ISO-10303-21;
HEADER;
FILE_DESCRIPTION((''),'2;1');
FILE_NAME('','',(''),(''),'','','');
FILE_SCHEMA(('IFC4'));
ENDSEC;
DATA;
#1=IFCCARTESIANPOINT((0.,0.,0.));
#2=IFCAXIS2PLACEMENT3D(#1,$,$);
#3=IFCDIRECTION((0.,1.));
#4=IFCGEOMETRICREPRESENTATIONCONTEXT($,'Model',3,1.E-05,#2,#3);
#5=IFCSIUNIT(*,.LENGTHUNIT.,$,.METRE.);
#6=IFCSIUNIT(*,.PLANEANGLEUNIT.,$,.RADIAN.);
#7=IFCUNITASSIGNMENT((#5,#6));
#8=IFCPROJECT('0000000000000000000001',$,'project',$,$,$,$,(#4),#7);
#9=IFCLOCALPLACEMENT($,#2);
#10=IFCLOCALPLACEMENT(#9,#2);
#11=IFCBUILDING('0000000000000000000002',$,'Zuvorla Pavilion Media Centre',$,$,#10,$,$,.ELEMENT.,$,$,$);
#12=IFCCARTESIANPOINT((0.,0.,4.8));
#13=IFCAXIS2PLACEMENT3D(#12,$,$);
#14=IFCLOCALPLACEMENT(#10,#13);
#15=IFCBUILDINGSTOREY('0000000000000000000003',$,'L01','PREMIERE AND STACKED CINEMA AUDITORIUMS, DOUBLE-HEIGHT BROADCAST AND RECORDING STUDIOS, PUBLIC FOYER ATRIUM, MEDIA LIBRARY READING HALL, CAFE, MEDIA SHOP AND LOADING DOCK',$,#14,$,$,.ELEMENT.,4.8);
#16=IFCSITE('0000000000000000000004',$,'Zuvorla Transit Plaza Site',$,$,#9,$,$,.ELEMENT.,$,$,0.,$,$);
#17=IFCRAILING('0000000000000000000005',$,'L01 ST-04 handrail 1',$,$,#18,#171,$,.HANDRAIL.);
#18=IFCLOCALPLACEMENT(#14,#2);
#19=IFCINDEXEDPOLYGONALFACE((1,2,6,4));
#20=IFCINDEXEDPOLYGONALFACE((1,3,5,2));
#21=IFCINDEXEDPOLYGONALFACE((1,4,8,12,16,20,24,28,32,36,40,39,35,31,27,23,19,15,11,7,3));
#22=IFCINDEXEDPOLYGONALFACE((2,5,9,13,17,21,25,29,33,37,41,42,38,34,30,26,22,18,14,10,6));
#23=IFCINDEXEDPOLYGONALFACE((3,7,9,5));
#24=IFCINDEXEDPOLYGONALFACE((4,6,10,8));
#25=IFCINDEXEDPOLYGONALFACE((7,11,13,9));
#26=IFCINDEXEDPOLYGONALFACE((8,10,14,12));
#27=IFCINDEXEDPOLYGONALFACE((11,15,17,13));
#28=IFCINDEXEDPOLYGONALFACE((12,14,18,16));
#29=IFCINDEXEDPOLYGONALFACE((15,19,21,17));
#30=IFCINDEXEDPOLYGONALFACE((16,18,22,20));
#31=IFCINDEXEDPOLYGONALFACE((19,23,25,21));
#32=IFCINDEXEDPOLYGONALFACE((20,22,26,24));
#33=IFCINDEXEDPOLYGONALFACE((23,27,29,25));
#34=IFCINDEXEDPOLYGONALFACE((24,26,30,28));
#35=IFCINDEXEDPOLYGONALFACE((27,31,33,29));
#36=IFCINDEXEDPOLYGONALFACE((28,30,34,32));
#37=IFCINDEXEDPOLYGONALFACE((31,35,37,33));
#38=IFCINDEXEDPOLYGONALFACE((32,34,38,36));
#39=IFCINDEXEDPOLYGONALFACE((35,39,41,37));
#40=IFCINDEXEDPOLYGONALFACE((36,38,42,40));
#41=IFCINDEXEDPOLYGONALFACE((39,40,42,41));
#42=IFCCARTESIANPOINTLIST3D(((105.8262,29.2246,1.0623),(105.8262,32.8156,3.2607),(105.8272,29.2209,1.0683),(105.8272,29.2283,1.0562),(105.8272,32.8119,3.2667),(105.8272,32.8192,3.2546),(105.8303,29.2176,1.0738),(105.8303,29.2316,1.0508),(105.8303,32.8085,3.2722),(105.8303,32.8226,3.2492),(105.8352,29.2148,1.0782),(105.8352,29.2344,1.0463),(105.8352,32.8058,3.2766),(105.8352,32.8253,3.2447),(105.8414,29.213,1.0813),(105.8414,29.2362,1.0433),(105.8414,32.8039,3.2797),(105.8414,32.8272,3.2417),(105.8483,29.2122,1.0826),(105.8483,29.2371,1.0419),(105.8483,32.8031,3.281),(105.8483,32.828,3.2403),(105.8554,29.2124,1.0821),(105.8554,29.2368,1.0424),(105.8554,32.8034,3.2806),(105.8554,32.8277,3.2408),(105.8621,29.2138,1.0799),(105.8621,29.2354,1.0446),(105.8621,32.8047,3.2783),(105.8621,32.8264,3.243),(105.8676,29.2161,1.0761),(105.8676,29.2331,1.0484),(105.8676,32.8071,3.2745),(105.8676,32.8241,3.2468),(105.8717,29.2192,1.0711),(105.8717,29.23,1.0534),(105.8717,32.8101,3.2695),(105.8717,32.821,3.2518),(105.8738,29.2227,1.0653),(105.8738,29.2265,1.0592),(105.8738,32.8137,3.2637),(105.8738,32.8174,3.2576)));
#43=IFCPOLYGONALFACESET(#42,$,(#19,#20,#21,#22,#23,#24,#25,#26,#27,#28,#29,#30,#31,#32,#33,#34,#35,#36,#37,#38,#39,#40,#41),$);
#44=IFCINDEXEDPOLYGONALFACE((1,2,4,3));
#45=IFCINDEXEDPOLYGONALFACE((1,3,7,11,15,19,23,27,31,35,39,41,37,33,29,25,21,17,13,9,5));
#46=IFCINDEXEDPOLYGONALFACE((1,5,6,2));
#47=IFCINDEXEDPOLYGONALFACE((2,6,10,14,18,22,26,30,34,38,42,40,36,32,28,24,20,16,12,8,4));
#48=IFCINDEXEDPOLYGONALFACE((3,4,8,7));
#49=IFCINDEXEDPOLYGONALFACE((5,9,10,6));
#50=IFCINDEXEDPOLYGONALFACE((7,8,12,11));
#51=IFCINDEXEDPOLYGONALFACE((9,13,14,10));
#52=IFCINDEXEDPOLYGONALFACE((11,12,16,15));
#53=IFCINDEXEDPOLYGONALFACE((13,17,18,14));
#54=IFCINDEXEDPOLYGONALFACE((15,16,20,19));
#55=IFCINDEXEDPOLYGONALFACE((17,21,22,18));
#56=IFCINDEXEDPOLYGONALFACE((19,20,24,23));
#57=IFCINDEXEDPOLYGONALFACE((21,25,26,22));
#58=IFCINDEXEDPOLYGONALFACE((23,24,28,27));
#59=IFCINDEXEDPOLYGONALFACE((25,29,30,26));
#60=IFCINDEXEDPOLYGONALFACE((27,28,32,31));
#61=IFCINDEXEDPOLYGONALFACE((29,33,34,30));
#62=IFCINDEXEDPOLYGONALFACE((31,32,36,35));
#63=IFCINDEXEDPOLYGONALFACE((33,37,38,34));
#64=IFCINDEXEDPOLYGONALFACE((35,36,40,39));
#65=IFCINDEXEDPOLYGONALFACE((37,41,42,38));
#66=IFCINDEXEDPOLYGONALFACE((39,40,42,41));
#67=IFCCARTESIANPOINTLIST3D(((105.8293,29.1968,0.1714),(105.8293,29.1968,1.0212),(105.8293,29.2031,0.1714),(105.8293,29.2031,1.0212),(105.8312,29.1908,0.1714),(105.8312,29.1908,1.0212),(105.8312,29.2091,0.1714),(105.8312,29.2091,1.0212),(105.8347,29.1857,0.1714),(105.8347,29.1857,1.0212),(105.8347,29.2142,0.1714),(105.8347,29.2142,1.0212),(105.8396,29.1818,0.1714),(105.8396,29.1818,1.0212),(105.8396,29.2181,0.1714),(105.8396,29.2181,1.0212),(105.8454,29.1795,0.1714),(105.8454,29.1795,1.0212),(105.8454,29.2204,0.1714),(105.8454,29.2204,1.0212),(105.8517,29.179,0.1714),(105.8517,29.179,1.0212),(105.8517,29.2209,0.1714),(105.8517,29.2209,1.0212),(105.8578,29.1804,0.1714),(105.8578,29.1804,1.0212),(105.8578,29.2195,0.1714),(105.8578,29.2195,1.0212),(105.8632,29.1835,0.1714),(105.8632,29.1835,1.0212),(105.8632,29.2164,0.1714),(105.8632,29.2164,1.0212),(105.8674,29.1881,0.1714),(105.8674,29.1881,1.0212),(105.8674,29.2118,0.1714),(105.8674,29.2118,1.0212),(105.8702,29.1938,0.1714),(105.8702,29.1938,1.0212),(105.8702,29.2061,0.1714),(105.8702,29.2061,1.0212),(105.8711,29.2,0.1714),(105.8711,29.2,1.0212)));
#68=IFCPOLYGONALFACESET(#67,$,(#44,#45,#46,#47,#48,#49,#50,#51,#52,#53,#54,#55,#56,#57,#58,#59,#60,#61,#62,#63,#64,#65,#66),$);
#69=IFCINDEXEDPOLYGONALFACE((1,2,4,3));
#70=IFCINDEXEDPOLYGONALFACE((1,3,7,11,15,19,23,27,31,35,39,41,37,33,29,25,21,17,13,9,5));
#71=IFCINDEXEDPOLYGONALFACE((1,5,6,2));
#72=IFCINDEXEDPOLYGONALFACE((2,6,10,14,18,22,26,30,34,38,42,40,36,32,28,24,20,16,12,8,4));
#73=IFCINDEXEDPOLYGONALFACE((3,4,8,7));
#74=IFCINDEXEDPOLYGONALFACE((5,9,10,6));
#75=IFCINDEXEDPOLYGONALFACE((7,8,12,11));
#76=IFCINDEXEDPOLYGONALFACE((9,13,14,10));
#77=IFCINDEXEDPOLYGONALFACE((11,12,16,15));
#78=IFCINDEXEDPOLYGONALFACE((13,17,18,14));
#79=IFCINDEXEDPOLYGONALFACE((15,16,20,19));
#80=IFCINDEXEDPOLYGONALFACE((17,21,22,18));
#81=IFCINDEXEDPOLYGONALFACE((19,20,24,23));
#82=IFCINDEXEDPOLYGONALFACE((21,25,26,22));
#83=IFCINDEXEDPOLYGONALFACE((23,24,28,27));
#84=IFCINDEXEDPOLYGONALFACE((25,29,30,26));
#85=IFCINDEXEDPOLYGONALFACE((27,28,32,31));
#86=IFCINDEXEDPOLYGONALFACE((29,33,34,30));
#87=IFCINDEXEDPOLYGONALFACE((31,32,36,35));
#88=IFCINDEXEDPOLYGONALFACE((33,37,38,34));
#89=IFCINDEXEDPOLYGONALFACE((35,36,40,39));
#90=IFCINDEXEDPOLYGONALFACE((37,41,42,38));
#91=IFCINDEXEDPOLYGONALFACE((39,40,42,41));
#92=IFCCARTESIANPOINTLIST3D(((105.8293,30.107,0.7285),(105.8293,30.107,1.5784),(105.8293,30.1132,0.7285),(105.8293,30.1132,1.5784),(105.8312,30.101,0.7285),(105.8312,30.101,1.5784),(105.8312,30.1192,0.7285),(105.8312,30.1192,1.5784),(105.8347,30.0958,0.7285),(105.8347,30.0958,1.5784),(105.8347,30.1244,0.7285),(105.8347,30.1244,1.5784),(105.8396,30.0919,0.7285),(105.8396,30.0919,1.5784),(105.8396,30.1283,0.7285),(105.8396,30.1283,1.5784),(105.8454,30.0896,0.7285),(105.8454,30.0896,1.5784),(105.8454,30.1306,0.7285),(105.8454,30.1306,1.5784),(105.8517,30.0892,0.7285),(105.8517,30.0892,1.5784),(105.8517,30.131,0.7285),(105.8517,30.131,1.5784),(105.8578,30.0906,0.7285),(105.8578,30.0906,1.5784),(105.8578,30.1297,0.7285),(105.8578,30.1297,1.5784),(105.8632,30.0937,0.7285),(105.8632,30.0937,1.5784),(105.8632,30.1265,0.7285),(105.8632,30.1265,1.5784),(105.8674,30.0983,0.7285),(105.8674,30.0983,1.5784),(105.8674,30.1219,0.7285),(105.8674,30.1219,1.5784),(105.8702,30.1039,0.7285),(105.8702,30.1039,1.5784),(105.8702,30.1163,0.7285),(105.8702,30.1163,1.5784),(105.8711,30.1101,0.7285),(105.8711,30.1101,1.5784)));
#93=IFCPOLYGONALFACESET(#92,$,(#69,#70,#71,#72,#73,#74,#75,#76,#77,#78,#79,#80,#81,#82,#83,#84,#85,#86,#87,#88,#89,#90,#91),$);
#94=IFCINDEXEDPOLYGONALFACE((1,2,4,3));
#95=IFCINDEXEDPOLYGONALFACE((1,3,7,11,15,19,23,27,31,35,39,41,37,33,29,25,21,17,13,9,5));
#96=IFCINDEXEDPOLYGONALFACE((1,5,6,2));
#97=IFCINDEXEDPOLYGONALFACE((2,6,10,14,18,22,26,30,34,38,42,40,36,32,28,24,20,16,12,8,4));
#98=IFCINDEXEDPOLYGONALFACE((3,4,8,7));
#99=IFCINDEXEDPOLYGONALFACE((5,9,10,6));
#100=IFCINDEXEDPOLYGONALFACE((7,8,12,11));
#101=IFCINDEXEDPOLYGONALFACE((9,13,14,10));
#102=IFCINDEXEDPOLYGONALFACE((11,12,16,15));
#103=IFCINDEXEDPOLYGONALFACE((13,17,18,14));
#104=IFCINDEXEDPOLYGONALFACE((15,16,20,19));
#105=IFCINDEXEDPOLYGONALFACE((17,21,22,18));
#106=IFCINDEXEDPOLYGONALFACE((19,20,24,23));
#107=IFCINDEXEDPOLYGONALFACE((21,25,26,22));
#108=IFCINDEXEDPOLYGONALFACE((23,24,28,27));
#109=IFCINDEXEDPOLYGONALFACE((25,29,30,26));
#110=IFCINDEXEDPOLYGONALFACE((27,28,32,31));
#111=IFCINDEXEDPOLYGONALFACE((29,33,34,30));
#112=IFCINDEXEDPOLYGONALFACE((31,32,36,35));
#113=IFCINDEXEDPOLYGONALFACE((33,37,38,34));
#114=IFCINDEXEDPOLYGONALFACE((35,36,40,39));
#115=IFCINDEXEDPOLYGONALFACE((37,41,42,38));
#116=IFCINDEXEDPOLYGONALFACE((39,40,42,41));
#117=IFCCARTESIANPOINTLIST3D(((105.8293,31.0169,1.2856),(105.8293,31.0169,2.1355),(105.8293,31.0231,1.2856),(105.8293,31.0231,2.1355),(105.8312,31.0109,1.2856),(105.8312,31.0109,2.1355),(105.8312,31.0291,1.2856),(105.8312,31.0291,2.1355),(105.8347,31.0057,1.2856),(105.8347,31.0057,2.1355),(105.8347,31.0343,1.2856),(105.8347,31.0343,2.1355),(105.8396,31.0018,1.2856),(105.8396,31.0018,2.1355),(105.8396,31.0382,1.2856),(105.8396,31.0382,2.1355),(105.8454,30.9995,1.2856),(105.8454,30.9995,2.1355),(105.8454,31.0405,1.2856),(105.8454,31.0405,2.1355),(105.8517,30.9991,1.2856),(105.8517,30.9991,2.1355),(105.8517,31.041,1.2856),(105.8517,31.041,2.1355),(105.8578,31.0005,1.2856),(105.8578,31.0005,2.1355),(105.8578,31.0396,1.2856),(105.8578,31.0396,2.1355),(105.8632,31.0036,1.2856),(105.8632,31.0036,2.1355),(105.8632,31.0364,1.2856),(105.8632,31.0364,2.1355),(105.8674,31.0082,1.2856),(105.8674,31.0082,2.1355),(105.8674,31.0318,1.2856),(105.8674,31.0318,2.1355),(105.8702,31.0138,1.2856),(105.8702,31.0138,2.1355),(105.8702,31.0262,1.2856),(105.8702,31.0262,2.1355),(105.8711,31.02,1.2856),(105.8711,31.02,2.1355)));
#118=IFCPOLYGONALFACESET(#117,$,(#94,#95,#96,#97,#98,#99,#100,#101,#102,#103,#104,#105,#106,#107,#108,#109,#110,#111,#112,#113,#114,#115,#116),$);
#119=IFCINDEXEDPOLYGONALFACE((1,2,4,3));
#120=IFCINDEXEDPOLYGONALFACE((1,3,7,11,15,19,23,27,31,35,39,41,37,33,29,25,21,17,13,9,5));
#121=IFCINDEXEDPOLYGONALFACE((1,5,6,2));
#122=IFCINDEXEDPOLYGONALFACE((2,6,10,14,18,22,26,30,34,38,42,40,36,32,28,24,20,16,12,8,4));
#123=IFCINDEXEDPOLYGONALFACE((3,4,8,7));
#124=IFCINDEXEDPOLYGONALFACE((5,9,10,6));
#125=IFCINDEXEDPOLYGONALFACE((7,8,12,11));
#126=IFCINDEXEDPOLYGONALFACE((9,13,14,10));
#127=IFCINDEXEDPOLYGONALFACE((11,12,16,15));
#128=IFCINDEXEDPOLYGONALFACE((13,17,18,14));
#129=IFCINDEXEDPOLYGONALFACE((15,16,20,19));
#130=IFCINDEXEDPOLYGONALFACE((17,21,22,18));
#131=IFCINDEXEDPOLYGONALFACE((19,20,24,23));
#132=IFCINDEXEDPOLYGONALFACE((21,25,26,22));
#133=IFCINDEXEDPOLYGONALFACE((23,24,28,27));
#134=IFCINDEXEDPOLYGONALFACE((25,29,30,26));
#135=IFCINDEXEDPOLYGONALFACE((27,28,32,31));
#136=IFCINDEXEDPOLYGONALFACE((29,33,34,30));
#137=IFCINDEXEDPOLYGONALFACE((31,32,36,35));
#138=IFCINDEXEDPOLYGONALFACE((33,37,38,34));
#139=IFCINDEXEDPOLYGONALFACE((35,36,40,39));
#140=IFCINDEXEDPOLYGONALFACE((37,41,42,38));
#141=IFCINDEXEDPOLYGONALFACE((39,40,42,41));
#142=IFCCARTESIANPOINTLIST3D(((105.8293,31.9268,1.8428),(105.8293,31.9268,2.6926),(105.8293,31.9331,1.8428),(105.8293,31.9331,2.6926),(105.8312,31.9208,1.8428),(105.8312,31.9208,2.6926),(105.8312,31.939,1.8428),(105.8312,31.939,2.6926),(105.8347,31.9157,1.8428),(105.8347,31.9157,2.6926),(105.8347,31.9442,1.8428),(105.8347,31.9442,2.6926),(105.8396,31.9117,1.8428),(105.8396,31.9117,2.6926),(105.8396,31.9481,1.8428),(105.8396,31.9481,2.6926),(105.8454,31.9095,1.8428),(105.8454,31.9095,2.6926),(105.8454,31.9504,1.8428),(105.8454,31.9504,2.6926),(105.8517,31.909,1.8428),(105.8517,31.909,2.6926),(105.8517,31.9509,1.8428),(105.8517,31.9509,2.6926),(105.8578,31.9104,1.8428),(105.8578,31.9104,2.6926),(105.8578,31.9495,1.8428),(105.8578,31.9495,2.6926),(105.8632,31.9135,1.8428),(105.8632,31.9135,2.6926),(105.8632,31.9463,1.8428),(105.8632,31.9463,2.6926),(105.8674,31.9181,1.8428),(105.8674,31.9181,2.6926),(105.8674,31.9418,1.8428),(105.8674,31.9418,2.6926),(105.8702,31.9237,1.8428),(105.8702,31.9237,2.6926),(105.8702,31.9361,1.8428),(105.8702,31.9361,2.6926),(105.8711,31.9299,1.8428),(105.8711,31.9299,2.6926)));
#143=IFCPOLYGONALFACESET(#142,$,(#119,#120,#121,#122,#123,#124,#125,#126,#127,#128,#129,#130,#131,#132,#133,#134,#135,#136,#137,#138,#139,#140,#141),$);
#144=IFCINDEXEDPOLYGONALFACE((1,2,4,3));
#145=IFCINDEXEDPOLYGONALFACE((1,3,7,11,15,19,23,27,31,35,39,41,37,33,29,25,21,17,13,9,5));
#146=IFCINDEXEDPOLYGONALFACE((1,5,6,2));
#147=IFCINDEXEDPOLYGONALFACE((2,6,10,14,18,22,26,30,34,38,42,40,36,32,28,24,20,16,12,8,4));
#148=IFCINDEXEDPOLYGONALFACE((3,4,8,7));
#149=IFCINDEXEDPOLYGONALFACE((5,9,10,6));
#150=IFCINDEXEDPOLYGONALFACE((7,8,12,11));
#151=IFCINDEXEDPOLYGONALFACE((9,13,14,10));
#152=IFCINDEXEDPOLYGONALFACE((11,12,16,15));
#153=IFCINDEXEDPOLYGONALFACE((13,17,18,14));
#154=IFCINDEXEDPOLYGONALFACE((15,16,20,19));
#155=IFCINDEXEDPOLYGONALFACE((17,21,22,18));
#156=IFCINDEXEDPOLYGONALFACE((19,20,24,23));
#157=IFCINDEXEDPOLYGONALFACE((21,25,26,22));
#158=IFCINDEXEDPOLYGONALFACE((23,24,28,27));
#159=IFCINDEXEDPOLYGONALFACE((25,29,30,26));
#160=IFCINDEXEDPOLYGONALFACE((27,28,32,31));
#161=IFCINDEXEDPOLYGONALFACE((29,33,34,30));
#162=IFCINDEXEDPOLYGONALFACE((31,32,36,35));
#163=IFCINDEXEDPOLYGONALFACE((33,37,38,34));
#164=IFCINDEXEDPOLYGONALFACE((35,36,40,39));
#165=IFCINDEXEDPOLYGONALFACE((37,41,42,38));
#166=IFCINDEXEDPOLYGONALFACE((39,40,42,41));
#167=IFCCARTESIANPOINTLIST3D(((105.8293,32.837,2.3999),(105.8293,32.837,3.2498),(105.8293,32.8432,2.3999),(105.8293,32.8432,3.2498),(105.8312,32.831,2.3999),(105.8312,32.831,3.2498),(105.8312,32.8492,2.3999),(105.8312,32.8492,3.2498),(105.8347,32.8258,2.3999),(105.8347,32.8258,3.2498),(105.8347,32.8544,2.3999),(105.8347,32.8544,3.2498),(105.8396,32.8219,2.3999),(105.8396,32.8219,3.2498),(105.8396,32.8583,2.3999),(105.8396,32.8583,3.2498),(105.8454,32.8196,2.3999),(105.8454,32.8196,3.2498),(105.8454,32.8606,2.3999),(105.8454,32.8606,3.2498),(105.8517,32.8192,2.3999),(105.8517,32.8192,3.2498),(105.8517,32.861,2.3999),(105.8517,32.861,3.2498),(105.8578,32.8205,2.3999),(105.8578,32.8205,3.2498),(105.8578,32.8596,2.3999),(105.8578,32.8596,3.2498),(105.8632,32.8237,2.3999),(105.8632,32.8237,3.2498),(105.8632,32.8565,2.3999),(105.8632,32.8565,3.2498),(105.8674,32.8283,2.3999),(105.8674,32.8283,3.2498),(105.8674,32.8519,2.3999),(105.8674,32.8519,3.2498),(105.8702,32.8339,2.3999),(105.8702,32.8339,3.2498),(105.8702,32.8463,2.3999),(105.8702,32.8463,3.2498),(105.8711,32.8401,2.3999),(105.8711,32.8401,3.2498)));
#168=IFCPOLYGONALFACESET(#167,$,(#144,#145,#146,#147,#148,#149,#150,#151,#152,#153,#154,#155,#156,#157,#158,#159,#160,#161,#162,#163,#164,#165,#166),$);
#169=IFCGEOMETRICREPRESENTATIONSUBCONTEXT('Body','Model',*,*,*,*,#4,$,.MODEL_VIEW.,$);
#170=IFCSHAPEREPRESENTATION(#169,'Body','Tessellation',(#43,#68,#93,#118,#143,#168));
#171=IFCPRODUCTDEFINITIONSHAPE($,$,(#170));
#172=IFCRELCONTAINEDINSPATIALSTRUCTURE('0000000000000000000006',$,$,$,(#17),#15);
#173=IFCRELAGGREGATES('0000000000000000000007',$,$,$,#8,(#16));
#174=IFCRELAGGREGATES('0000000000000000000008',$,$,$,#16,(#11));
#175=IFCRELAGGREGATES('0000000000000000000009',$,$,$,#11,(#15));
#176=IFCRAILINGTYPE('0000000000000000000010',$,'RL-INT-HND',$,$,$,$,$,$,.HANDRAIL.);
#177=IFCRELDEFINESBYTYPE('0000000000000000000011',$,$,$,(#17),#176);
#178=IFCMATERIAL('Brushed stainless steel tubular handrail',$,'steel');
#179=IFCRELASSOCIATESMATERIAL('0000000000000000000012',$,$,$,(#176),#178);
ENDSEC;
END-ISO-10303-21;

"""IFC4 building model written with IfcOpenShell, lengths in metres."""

from ifc_helpers import new_model, si_unit, direction, frame, origin, origin_2d, place, context, subcontext, project, spatial, circle, extrude, material, type_object, element, save


model = new_model("IFC4")

# Units and contexts
model_context = context("Model", 3, precision=1e-05, world=origin(), true_north=direction((0.0, 1.0)))
body_context = subcontext(model_context, "Body", "Model", "MODEL_VIEW")
ifc_project = project(units=[si_unit("LENGTHUNIT", "METRE"), si_unit("PLANEANGLEUNIT", "RADIAN")], contexts=[model_context])

# Site, building, storey
site_placement = place(None, origin())
site = spatial("IfcSite", under=ifc_project, at=site_placement, Name="Zuvorla Transit Plaza Site", CompositionType="ELEMENT", RefElevation=0.0)
building_placement = place(site_placement, origin())
building = spatial("IfcBuilding", under=site, at=building_placement, Name="Zuvorla Pavilion Media Centre", CompositionType="ELEMENT")
storey_placement = place(building_placement, frame((0.0, 0.0, 4.8)))
storey = spatial("IfcBuildingStorey", under=building, at=storey_placement, Name="L01", Description="PREMIERE AND STACKED CINEMA AUDITORIUMS, DOUBLE-HEIGHT BROADCAST AND RECORDING STUDIOS, PUBLIC FOYER ATRIUM, MEDIA LIBRARY READING HALL, CAFE, MEDIA SHOP AND LOADING DOCK", CompositionType="ELEMENT", Elevation=4.8)

# Railing
ifc_material_1 = material(Name="Brushed stainless steel tubular handrail", Category="steel")
railing_type_1 = type_object("IfcRailingType", Name="RL-INT-HND", PredefinedType="HANDRAIL", material=ifc_material_1)
railing_1_placement = place(storey_placement, frame((105.8501, 29.2, 0.1714)))
element("IfcRailing", 1, at=railing_1_placement, inside=storey, type_object=railing_type_1, Name="L01 ST-04 handrail 1", PredefinedType="HANDRAIL", context=body_context, shape_type="SweptSolid", body=[
    extrude(circle(Radius=0.0239, at=origin_2d()), frame((0.0, 0.0247, 0.8909), z_axis=(0.0, 0.852866, 0.52213), x_axis=(-1.0, 0.0, 0.0)), (0.0, 0.0, 1.0), 4.2104),
    extrude(circle(Radius=0.021, at=origin_2d()), origin(), (0.0, 0.0, 1.0), 0.8499),
    extrude(circle(Radius=0.021, at=origin_2d()), frame((0.0, 0.9102, 0.5571)), (0.0, 0.0, 1.0), 0.8499),
    extrude(circle(Radius=0.021, at=origin_2d()), frame((0.0, 1.8201, 1.1143)), (0.0, 0.0, 1.0), 0.8499),
    extrude(circle(Radius=0.021, at=origin_2d()), frame((0.0, 2.73, 1.6714)), (0.0, 0.0, 1.0), 0.8499),
    extrude(circle(Radius=0.021, at=origin_2d()), frame((0.0, 3.6401, 2.2285)), (0.0, 0.0, 1.0), 0.8499),
])

save(model, "model.ifc")
